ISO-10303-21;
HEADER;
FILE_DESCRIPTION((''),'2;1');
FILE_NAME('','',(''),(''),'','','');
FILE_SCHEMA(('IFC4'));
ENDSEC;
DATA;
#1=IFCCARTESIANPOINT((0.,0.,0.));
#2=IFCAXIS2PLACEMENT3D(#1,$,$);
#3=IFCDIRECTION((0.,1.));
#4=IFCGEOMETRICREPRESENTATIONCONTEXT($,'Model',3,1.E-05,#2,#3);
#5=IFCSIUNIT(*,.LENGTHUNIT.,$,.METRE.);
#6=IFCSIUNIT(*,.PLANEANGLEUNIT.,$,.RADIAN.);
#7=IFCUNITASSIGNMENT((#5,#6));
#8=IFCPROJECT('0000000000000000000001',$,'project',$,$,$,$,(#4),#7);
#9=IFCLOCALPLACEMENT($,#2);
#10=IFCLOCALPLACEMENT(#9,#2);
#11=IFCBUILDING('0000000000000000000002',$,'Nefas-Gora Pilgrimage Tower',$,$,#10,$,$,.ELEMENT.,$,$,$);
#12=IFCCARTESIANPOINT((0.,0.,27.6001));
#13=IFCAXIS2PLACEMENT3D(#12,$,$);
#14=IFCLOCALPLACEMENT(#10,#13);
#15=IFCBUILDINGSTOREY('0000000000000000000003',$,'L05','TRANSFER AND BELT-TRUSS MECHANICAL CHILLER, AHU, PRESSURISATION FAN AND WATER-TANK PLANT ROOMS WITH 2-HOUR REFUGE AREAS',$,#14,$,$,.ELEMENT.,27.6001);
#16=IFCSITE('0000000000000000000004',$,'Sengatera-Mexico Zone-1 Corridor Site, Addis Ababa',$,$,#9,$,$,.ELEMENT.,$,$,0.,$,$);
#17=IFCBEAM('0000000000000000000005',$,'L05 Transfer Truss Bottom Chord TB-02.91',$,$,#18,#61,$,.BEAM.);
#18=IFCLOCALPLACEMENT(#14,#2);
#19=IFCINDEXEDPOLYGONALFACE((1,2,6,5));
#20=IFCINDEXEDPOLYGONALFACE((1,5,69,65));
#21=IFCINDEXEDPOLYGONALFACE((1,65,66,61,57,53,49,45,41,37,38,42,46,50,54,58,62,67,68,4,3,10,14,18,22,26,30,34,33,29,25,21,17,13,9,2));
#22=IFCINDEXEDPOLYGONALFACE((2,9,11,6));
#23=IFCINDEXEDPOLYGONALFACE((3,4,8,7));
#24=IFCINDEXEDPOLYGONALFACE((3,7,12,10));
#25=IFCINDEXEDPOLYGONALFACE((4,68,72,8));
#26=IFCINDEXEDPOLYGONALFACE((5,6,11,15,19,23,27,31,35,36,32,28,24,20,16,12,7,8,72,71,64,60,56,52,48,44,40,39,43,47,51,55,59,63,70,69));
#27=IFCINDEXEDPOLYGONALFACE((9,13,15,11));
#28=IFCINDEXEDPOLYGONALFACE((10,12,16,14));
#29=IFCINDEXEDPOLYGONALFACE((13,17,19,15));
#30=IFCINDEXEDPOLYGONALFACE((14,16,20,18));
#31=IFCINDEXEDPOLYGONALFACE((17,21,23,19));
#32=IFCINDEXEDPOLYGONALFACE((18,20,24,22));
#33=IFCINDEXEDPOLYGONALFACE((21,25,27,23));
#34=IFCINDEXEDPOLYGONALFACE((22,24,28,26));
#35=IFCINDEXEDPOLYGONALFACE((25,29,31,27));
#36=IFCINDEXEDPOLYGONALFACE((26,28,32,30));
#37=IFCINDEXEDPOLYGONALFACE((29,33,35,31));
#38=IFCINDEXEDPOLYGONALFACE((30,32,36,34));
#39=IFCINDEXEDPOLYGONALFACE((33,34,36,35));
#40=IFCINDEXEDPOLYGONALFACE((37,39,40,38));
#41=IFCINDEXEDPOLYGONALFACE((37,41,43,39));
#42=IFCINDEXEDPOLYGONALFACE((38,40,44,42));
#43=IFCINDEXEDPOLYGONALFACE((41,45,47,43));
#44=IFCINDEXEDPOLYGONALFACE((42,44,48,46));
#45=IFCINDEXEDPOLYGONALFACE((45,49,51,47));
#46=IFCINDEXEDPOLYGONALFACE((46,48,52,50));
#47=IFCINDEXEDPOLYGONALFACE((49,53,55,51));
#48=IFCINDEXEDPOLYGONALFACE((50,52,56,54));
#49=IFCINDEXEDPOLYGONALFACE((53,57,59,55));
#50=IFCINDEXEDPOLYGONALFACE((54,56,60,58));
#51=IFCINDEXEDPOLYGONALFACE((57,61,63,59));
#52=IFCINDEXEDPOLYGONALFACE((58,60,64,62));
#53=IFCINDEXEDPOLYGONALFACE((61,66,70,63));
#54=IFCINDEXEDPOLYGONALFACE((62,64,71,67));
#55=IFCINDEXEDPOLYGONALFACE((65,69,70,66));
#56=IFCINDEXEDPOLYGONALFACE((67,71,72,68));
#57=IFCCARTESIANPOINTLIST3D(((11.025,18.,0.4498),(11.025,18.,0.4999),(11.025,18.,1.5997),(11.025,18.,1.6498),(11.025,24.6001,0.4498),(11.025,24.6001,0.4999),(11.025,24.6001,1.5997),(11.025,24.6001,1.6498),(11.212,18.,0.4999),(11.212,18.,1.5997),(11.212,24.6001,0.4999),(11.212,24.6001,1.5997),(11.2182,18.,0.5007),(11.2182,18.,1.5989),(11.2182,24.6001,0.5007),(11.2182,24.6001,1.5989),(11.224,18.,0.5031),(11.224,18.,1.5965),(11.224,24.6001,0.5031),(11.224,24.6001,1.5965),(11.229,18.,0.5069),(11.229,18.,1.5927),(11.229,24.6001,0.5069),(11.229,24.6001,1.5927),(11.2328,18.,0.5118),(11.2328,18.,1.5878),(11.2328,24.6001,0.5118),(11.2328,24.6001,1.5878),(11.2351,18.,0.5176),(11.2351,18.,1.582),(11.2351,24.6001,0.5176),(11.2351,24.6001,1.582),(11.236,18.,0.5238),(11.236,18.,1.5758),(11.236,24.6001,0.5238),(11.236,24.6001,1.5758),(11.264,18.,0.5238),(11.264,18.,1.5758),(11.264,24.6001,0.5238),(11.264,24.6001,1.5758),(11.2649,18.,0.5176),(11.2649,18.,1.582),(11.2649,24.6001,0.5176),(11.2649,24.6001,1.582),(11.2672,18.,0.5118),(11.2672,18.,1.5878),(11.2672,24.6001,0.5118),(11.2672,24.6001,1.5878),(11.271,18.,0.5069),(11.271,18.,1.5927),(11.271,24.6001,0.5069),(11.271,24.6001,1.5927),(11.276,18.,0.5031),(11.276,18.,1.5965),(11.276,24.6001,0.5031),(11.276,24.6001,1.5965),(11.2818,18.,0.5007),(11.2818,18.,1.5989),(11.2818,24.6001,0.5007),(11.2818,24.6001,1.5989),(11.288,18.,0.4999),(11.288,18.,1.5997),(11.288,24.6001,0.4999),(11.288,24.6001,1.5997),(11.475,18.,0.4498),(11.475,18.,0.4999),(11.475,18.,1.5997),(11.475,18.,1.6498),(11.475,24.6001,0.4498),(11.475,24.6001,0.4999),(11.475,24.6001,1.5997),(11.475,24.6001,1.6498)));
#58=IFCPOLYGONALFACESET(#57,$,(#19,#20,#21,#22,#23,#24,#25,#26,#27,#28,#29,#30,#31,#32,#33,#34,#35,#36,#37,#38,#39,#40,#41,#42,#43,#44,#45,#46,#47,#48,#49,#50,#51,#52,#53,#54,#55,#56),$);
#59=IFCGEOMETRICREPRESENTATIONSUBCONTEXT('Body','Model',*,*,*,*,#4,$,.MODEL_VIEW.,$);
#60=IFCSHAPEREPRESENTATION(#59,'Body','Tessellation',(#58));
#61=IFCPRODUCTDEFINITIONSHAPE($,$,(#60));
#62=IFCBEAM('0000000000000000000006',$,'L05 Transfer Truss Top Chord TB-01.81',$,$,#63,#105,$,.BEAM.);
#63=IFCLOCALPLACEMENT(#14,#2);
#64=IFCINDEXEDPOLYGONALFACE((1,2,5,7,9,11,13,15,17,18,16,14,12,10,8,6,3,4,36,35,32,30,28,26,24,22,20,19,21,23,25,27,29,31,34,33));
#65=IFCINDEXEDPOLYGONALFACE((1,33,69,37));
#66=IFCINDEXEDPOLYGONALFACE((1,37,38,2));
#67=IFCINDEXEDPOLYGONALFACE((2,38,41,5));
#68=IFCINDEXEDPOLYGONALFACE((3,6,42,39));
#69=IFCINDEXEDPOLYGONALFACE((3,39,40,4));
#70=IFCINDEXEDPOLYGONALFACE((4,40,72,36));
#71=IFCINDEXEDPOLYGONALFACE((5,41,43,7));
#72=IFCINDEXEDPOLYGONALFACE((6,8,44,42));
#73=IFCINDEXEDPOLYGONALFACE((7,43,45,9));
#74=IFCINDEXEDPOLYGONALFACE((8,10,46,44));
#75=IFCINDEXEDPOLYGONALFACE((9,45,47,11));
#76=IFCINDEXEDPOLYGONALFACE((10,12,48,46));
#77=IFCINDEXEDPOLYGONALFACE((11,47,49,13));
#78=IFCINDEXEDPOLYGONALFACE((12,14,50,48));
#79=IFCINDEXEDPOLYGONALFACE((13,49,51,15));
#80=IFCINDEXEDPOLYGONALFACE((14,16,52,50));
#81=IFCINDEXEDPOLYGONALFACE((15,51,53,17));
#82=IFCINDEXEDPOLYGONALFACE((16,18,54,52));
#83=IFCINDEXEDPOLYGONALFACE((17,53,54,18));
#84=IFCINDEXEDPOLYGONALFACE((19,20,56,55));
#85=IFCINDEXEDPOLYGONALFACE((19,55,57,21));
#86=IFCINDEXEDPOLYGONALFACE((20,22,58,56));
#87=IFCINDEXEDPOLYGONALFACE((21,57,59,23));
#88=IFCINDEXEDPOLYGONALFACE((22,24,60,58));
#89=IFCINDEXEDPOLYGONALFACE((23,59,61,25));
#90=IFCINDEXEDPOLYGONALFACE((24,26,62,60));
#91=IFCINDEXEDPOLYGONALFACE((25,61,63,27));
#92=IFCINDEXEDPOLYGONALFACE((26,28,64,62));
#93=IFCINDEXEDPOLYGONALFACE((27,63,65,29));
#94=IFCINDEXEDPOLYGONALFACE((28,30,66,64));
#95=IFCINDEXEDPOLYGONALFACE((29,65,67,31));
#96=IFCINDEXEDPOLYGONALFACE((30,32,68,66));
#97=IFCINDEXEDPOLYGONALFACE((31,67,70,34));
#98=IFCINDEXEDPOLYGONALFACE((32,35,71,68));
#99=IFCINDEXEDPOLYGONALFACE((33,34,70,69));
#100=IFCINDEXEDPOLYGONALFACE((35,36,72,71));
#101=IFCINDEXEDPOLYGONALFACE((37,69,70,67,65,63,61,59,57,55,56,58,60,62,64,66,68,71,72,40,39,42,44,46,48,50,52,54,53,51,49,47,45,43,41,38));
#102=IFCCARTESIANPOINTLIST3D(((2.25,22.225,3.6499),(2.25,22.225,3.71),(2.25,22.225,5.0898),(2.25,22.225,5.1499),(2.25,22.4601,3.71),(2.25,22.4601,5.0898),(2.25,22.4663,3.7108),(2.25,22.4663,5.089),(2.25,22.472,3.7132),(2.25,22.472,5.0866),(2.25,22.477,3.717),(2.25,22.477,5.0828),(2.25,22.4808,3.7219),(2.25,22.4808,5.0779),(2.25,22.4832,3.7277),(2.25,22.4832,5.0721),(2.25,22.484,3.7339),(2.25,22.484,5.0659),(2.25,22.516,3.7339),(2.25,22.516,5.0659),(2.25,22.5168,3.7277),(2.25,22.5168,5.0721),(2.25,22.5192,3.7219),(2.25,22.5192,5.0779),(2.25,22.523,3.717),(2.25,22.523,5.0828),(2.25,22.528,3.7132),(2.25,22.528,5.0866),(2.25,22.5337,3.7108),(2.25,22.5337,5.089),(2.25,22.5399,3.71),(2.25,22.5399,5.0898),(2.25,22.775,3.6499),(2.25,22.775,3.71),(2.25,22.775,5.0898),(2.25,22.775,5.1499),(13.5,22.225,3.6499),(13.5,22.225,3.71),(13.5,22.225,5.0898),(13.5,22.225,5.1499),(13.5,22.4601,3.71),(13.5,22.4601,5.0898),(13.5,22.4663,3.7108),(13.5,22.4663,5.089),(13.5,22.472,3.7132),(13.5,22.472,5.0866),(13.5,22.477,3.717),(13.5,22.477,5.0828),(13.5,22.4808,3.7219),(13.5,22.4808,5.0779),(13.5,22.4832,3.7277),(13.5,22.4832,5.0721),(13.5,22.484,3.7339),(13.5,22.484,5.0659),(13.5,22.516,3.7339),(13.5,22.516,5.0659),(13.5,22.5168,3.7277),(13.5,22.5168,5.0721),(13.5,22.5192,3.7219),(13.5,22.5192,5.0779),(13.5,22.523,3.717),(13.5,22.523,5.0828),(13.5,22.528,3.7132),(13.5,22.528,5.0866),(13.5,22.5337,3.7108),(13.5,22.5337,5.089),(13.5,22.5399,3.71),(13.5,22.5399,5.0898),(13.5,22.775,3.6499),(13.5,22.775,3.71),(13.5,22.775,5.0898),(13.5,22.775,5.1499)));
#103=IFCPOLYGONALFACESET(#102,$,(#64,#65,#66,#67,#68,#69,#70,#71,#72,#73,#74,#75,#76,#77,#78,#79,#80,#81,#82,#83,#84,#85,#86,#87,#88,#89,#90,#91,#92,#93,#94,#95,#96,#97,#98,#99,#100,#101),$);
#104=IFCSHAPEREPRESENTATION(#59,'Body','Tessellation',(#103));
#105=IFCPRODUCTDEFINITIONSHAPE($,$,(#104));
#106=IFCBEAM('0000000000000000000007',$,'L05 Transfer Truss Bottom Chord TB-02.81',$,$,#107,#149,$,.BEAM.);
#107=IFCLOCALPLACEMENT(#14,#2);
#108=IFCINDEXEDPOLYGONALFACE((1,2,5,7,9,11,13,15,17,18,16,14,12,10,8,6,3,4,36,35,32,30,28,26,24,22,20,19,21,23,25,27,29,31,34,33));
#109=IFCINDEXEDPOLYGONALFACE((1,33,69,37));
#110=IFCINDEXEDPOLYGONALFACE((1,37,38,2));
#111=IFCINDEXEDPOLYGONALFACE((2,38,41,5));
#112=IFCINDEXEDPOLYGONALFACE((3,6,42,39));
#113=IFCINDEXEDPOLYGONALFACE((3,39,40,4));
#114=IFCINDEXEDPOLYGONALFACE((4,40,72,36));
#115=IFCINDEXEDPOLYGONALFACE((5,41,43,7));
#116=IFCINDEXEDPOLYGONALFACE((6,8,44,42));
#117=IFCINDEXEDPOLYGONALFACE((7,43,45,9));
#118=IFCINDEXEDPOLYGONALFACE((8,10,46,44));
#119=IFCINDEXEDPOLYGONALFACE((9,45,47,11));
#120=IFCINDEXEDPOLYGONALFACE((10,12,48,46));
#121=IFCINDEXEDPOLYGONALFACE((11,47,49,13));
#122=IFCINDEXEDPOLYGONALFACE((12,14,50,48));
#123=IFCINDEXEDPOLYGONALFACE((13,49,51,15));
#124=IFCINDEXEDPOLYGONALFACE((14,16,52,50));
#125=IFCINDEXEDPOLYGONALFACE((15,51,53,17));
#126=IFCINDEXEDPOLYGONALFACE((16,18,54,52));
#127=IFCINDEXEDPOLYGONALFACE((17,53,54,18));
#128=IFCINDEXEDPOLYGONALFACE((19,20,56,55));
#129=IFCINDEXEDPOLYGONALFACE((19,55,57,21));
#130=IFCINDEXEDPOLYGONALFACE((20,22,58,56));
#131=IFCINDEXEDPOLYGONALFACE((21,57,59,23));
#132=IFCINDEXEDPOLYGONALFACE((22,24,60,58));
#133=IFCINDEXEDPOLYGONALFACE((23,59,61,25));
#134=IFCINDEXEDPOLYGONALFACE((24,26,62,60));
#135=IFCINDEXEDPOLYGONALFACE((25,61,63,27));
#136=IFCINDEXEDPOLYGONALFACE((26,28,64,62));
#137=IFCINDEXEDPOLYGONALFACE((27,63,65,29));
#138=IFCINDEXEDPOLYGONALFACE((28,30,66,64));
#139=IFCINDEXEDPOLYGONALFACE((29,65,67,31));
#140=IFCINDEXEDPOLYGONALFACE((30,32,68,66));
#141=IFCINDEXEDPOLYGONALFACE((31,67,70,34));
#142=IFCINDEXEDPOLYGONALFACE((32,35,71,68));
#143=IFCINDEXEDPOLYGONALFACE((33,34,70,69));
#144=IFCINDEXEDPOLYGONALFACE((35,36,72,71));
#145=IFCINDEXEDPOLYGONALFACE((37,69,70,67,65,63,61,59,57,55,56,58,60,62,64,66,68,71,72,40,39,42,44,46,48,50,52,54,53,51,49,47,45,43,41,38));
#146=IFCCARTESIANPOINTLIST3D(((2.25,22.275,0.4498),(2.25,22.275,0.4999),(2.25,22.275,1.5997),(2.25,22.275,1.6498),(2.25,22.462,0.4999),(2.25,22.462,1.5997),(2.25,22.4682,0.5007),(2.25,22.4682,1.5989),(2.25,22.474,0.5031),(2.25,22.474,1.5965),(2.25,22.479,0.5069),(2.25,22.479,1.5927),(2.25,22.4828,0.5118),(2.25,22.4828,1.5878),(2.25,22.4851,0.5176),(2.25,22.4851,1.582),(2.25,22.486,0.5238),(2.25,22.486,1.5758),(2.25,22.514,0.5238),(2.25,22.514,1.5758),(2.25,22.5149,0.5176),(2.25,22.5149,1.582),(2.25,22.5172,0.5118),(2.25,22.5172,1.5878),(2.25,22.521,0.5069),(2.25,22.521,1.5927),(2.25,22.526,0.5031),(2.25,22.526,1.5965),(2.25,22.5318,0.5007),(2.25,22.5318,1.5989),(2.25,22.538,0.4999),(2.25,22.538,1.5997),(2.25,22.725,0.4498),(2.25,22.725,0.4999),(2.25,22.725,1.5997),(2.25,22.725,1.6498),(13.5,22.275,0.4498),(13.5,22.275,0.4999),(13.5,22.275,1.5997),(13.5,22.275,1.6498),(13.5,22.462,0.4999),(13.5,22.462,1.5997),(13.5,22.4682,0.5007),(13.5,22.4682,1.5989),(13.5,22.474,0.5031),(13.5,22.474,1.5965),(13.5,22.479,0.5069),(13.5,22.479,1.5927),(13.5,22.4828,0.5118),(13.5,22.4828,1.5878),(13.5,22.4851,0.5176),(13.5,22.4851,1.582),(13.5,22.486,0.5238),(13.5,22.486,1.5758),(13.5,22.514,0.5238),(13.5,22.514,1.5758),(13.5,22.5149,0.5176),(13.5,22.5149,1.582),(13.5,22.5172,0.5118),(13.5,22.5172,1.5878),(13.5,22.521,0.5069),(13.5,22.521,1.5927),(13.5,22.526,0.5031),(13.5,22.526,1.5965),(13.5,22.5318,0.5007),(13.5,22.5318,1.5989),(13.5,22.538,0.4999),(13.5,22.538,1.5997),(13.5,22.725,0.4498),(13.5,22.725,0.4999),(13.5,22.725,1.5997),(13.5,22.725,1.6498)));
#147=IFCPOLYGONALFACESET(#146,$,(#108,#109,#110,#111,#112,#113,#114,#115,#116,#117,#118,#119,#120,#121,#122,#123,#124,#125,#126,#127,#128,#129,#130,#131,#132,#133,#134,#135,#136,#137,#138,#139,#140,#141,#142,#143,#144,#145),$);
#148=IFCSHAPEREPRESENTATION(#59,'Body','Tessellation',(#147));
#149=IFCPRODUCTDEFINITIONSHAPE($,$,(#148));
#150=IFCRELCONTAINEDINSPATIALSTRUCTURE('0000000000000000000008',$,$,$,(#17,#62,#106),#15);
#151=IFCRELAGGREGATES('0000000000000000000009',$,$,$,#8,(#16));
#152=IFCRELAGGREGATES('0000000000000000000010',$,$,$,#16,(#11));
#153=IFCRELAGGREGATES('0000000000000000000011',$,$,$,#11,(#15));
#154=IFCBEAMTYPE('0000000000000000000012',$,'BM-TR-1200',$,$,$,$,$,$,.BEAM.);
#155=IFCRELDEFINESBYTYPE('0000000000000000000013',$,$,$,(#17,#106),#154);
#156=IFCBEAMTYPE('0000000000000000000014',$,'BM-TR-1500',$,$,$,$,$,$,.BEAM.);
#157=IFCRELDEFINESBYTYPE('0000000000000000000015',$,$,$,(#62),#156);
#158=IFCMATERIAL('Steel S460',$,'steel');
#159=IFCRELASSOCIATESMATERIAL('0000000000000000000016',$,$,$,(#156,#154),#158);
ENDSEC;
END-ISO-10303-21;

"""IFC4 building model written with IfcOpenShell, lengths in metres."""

from ifc_helpers import new_model, si_unit, direction, frame, origin, origin_2d, place, context, subcontext, project, spatial, i_section, extrude, source, transform, mapped, material, material_profile, profile_set, type_object, element, save


model = new_model("IFC4")

# Units and contexts
model_context = context("Model", 3, precision=1e-05, world=origin(), true_north=direction((0.0, 1.0)))
body_context = subcontext(model_context, "Body", "Model", "MODEL_VIEW")
ifc_project = project(units=[si_unit("LENGTHUNIT", "METRE"), si_unit("PLANEANGLEUNIT", "RADIAN")], contexts=[model_context])

# Site, building, storey
site_placement = place(None, origin())
site = spatial("IfcSite", under=ifc_project, at=site_placement, Name="Sengatera-Mexico Zone-1 Corridor Site, Addis Ababa", CompositionType="ELEMENT", RefElevation=0.0)
building_placement = place(site_placement, origin())
building = spatial("IfcBuilding", under=site, at=building_placement, Name="Nefas-Gora Pilgrimage Tower", CompositionType="ELEMENT")
storey_placement = place(building_placement, frame((0.0, 0.0, 27.6001)))
storey = spatial("IfcBuildingStorey", under=building, at=storey_placement, Name="L05", Description="TRANSFER AND BELT-TRUSS MECHANICAL CHILLER, AHU, PRESSURISATION FAN AND WATER-TANK PLANT ROOMS WITH 2-HOUR REFUGE AREAS", CompositionType="ELEMENT", Elevation=27.6001)

# Shared definitions
ifc_material = material(Name="Steel S460", Category="steel")

# Shared definitions
ifc_material_profile_1 = material_profile(ifc_material, i_section(OverallWidth=0.55, OverallDepth=1.5, WebThickness=0.032, FlangeThickness=0.0601, FilletRadius=0.0239, at=origin_2d()), Name="WPG 1500x550x32x60")
ifc_profile_set_1 = profile_set([ifc_material_profile_1], Name="Steel S460")
beam_type_1 = type_object("IfcBeamType", Name="BM-TR-1500", PredefinedType="BEAM", material=ifc_profile_set_1)
ifc_material_profile_2 = material_profile(ifc_material, i_section(OverallWidth=0.45, OverallDepth=1.2, WebThickness=0.0281, FlangeThickness=0.05, FilletRadius=0.0239, at=origin_2d()), Name="WPG 1200x450x28x50")
ifc_profile_set_2 = profile_set([ifc_material_profile_2], Name="Steel S460")
beam_type_2 = type_object("IfcBeamType", Name="BM-TR-1200", PredefinedType="BEAM", material=ifc_profile_set_2)

# Beams
shared_shape_1 = source(origin(), body_context, "Body", "SweptSolid", [
    extrude(i_section(OverallWidth=0.45, OverallDepth=1.2, WebThickness=0.0281, FlangeThickness=0.05, FilletRadius=0.0239, at=origin_2d()), origin(), (0.0, 0.0, 1.0), 6.6001),
])
beam_1_placement = place(storey_placement, frame((11.25, 18.0, 1.0498), z_axis=(0.0, 1.0, 0.0), x_axis=(-1.0, 0.0, 0.0)))
element("IfcBeam", 1, at=beam_1_placement, inside=storey, type_object=beam_type_2, Name="L05 Transfer Truss Bottom Chord TB-02.91", PredefinedType="BEAM", context=body_context, shape_type="MappedRepresentation", body=[
    mapped(shared_shape_1, transform((0.0, 0.0, 0.0), x_axis=(1.0, 0.0, 0.0), y_axis=(0.0, 1.0, 0.0), z_axis=(0.0, 0.0, 1.0), scale=1.0)),
])
shared_shape_2 = source(origin(), body_context, "Body", "SweptSolid", [
    extrude(i_section(OverallWidth=0.55, OverallDepth=1.5, WebThickness=0.032, FlangeThickness=0.0601, FilletRadius=0.0239, at=origin_2d()), origin(), (0.0, 0.0, 1.0), 11.25),
])
beam_2_placement = place(storey_placement, frame((2.25, 22.5, 4.3999), z_axis=(1.0, 0.0, 0.0), x_axis=(0.0, 1.0, 0.0)))
element("IfcBeam", 2, at=beam_2_placement, inside=storey, type_object=beam_type_1, Name="L05 Transfer Truss Top Chord TB-01.81", PredefinedType="BEAM", context=body_context, shape_type="MappedRepresentation", body=[
    mapped(shared_shape_2, transform((0.0, 0.0, 0.0), x_axis=(1.0, 0.0, 0.0), y_axis=(0.0, 1.0, 0.0), z_axis=(0.0, 0.0, 1.0), scale=1.0)),
])
shared_shape_3 = source(origin(), body_context, "Body", "SweptSolid", [
    extrude(i_section(OverallWidth=0.45, OverallDepth=1.2, WebThickness=0.0281, FlangeThickness=0.05, FilletRadius=0.0239, at=origin_2d()), origin(), (0.0, 0.0, 1.0), 11.25),
])
beam_3_placement = place(storey_placement, frame((2.25, 22.5, 1.0498), z_axis=(1.0, 0.0, 0.0), x_axis=(0.0, 1.0, 0.0)))
element("IfcBeam", 3, at=beam_3_placement, inside=storey, type_object=beam_type_2, Name="L05 Transfer Truss Bottom Chord TB-02.81", PredefinedType="BEAM", context=body_context, shape_type="MappedRepresentation", body=[
    mapped(shared_shape_3, transform((0.0, 0.0, 0.0), x_axis=(1.0, 0.0, 0.0), y_axis=(0.0, 1.0, 0.0), z_axis=(0.0, 0.0, 1.0), scale=1.0)),
])

save(model, "model.ifc")
